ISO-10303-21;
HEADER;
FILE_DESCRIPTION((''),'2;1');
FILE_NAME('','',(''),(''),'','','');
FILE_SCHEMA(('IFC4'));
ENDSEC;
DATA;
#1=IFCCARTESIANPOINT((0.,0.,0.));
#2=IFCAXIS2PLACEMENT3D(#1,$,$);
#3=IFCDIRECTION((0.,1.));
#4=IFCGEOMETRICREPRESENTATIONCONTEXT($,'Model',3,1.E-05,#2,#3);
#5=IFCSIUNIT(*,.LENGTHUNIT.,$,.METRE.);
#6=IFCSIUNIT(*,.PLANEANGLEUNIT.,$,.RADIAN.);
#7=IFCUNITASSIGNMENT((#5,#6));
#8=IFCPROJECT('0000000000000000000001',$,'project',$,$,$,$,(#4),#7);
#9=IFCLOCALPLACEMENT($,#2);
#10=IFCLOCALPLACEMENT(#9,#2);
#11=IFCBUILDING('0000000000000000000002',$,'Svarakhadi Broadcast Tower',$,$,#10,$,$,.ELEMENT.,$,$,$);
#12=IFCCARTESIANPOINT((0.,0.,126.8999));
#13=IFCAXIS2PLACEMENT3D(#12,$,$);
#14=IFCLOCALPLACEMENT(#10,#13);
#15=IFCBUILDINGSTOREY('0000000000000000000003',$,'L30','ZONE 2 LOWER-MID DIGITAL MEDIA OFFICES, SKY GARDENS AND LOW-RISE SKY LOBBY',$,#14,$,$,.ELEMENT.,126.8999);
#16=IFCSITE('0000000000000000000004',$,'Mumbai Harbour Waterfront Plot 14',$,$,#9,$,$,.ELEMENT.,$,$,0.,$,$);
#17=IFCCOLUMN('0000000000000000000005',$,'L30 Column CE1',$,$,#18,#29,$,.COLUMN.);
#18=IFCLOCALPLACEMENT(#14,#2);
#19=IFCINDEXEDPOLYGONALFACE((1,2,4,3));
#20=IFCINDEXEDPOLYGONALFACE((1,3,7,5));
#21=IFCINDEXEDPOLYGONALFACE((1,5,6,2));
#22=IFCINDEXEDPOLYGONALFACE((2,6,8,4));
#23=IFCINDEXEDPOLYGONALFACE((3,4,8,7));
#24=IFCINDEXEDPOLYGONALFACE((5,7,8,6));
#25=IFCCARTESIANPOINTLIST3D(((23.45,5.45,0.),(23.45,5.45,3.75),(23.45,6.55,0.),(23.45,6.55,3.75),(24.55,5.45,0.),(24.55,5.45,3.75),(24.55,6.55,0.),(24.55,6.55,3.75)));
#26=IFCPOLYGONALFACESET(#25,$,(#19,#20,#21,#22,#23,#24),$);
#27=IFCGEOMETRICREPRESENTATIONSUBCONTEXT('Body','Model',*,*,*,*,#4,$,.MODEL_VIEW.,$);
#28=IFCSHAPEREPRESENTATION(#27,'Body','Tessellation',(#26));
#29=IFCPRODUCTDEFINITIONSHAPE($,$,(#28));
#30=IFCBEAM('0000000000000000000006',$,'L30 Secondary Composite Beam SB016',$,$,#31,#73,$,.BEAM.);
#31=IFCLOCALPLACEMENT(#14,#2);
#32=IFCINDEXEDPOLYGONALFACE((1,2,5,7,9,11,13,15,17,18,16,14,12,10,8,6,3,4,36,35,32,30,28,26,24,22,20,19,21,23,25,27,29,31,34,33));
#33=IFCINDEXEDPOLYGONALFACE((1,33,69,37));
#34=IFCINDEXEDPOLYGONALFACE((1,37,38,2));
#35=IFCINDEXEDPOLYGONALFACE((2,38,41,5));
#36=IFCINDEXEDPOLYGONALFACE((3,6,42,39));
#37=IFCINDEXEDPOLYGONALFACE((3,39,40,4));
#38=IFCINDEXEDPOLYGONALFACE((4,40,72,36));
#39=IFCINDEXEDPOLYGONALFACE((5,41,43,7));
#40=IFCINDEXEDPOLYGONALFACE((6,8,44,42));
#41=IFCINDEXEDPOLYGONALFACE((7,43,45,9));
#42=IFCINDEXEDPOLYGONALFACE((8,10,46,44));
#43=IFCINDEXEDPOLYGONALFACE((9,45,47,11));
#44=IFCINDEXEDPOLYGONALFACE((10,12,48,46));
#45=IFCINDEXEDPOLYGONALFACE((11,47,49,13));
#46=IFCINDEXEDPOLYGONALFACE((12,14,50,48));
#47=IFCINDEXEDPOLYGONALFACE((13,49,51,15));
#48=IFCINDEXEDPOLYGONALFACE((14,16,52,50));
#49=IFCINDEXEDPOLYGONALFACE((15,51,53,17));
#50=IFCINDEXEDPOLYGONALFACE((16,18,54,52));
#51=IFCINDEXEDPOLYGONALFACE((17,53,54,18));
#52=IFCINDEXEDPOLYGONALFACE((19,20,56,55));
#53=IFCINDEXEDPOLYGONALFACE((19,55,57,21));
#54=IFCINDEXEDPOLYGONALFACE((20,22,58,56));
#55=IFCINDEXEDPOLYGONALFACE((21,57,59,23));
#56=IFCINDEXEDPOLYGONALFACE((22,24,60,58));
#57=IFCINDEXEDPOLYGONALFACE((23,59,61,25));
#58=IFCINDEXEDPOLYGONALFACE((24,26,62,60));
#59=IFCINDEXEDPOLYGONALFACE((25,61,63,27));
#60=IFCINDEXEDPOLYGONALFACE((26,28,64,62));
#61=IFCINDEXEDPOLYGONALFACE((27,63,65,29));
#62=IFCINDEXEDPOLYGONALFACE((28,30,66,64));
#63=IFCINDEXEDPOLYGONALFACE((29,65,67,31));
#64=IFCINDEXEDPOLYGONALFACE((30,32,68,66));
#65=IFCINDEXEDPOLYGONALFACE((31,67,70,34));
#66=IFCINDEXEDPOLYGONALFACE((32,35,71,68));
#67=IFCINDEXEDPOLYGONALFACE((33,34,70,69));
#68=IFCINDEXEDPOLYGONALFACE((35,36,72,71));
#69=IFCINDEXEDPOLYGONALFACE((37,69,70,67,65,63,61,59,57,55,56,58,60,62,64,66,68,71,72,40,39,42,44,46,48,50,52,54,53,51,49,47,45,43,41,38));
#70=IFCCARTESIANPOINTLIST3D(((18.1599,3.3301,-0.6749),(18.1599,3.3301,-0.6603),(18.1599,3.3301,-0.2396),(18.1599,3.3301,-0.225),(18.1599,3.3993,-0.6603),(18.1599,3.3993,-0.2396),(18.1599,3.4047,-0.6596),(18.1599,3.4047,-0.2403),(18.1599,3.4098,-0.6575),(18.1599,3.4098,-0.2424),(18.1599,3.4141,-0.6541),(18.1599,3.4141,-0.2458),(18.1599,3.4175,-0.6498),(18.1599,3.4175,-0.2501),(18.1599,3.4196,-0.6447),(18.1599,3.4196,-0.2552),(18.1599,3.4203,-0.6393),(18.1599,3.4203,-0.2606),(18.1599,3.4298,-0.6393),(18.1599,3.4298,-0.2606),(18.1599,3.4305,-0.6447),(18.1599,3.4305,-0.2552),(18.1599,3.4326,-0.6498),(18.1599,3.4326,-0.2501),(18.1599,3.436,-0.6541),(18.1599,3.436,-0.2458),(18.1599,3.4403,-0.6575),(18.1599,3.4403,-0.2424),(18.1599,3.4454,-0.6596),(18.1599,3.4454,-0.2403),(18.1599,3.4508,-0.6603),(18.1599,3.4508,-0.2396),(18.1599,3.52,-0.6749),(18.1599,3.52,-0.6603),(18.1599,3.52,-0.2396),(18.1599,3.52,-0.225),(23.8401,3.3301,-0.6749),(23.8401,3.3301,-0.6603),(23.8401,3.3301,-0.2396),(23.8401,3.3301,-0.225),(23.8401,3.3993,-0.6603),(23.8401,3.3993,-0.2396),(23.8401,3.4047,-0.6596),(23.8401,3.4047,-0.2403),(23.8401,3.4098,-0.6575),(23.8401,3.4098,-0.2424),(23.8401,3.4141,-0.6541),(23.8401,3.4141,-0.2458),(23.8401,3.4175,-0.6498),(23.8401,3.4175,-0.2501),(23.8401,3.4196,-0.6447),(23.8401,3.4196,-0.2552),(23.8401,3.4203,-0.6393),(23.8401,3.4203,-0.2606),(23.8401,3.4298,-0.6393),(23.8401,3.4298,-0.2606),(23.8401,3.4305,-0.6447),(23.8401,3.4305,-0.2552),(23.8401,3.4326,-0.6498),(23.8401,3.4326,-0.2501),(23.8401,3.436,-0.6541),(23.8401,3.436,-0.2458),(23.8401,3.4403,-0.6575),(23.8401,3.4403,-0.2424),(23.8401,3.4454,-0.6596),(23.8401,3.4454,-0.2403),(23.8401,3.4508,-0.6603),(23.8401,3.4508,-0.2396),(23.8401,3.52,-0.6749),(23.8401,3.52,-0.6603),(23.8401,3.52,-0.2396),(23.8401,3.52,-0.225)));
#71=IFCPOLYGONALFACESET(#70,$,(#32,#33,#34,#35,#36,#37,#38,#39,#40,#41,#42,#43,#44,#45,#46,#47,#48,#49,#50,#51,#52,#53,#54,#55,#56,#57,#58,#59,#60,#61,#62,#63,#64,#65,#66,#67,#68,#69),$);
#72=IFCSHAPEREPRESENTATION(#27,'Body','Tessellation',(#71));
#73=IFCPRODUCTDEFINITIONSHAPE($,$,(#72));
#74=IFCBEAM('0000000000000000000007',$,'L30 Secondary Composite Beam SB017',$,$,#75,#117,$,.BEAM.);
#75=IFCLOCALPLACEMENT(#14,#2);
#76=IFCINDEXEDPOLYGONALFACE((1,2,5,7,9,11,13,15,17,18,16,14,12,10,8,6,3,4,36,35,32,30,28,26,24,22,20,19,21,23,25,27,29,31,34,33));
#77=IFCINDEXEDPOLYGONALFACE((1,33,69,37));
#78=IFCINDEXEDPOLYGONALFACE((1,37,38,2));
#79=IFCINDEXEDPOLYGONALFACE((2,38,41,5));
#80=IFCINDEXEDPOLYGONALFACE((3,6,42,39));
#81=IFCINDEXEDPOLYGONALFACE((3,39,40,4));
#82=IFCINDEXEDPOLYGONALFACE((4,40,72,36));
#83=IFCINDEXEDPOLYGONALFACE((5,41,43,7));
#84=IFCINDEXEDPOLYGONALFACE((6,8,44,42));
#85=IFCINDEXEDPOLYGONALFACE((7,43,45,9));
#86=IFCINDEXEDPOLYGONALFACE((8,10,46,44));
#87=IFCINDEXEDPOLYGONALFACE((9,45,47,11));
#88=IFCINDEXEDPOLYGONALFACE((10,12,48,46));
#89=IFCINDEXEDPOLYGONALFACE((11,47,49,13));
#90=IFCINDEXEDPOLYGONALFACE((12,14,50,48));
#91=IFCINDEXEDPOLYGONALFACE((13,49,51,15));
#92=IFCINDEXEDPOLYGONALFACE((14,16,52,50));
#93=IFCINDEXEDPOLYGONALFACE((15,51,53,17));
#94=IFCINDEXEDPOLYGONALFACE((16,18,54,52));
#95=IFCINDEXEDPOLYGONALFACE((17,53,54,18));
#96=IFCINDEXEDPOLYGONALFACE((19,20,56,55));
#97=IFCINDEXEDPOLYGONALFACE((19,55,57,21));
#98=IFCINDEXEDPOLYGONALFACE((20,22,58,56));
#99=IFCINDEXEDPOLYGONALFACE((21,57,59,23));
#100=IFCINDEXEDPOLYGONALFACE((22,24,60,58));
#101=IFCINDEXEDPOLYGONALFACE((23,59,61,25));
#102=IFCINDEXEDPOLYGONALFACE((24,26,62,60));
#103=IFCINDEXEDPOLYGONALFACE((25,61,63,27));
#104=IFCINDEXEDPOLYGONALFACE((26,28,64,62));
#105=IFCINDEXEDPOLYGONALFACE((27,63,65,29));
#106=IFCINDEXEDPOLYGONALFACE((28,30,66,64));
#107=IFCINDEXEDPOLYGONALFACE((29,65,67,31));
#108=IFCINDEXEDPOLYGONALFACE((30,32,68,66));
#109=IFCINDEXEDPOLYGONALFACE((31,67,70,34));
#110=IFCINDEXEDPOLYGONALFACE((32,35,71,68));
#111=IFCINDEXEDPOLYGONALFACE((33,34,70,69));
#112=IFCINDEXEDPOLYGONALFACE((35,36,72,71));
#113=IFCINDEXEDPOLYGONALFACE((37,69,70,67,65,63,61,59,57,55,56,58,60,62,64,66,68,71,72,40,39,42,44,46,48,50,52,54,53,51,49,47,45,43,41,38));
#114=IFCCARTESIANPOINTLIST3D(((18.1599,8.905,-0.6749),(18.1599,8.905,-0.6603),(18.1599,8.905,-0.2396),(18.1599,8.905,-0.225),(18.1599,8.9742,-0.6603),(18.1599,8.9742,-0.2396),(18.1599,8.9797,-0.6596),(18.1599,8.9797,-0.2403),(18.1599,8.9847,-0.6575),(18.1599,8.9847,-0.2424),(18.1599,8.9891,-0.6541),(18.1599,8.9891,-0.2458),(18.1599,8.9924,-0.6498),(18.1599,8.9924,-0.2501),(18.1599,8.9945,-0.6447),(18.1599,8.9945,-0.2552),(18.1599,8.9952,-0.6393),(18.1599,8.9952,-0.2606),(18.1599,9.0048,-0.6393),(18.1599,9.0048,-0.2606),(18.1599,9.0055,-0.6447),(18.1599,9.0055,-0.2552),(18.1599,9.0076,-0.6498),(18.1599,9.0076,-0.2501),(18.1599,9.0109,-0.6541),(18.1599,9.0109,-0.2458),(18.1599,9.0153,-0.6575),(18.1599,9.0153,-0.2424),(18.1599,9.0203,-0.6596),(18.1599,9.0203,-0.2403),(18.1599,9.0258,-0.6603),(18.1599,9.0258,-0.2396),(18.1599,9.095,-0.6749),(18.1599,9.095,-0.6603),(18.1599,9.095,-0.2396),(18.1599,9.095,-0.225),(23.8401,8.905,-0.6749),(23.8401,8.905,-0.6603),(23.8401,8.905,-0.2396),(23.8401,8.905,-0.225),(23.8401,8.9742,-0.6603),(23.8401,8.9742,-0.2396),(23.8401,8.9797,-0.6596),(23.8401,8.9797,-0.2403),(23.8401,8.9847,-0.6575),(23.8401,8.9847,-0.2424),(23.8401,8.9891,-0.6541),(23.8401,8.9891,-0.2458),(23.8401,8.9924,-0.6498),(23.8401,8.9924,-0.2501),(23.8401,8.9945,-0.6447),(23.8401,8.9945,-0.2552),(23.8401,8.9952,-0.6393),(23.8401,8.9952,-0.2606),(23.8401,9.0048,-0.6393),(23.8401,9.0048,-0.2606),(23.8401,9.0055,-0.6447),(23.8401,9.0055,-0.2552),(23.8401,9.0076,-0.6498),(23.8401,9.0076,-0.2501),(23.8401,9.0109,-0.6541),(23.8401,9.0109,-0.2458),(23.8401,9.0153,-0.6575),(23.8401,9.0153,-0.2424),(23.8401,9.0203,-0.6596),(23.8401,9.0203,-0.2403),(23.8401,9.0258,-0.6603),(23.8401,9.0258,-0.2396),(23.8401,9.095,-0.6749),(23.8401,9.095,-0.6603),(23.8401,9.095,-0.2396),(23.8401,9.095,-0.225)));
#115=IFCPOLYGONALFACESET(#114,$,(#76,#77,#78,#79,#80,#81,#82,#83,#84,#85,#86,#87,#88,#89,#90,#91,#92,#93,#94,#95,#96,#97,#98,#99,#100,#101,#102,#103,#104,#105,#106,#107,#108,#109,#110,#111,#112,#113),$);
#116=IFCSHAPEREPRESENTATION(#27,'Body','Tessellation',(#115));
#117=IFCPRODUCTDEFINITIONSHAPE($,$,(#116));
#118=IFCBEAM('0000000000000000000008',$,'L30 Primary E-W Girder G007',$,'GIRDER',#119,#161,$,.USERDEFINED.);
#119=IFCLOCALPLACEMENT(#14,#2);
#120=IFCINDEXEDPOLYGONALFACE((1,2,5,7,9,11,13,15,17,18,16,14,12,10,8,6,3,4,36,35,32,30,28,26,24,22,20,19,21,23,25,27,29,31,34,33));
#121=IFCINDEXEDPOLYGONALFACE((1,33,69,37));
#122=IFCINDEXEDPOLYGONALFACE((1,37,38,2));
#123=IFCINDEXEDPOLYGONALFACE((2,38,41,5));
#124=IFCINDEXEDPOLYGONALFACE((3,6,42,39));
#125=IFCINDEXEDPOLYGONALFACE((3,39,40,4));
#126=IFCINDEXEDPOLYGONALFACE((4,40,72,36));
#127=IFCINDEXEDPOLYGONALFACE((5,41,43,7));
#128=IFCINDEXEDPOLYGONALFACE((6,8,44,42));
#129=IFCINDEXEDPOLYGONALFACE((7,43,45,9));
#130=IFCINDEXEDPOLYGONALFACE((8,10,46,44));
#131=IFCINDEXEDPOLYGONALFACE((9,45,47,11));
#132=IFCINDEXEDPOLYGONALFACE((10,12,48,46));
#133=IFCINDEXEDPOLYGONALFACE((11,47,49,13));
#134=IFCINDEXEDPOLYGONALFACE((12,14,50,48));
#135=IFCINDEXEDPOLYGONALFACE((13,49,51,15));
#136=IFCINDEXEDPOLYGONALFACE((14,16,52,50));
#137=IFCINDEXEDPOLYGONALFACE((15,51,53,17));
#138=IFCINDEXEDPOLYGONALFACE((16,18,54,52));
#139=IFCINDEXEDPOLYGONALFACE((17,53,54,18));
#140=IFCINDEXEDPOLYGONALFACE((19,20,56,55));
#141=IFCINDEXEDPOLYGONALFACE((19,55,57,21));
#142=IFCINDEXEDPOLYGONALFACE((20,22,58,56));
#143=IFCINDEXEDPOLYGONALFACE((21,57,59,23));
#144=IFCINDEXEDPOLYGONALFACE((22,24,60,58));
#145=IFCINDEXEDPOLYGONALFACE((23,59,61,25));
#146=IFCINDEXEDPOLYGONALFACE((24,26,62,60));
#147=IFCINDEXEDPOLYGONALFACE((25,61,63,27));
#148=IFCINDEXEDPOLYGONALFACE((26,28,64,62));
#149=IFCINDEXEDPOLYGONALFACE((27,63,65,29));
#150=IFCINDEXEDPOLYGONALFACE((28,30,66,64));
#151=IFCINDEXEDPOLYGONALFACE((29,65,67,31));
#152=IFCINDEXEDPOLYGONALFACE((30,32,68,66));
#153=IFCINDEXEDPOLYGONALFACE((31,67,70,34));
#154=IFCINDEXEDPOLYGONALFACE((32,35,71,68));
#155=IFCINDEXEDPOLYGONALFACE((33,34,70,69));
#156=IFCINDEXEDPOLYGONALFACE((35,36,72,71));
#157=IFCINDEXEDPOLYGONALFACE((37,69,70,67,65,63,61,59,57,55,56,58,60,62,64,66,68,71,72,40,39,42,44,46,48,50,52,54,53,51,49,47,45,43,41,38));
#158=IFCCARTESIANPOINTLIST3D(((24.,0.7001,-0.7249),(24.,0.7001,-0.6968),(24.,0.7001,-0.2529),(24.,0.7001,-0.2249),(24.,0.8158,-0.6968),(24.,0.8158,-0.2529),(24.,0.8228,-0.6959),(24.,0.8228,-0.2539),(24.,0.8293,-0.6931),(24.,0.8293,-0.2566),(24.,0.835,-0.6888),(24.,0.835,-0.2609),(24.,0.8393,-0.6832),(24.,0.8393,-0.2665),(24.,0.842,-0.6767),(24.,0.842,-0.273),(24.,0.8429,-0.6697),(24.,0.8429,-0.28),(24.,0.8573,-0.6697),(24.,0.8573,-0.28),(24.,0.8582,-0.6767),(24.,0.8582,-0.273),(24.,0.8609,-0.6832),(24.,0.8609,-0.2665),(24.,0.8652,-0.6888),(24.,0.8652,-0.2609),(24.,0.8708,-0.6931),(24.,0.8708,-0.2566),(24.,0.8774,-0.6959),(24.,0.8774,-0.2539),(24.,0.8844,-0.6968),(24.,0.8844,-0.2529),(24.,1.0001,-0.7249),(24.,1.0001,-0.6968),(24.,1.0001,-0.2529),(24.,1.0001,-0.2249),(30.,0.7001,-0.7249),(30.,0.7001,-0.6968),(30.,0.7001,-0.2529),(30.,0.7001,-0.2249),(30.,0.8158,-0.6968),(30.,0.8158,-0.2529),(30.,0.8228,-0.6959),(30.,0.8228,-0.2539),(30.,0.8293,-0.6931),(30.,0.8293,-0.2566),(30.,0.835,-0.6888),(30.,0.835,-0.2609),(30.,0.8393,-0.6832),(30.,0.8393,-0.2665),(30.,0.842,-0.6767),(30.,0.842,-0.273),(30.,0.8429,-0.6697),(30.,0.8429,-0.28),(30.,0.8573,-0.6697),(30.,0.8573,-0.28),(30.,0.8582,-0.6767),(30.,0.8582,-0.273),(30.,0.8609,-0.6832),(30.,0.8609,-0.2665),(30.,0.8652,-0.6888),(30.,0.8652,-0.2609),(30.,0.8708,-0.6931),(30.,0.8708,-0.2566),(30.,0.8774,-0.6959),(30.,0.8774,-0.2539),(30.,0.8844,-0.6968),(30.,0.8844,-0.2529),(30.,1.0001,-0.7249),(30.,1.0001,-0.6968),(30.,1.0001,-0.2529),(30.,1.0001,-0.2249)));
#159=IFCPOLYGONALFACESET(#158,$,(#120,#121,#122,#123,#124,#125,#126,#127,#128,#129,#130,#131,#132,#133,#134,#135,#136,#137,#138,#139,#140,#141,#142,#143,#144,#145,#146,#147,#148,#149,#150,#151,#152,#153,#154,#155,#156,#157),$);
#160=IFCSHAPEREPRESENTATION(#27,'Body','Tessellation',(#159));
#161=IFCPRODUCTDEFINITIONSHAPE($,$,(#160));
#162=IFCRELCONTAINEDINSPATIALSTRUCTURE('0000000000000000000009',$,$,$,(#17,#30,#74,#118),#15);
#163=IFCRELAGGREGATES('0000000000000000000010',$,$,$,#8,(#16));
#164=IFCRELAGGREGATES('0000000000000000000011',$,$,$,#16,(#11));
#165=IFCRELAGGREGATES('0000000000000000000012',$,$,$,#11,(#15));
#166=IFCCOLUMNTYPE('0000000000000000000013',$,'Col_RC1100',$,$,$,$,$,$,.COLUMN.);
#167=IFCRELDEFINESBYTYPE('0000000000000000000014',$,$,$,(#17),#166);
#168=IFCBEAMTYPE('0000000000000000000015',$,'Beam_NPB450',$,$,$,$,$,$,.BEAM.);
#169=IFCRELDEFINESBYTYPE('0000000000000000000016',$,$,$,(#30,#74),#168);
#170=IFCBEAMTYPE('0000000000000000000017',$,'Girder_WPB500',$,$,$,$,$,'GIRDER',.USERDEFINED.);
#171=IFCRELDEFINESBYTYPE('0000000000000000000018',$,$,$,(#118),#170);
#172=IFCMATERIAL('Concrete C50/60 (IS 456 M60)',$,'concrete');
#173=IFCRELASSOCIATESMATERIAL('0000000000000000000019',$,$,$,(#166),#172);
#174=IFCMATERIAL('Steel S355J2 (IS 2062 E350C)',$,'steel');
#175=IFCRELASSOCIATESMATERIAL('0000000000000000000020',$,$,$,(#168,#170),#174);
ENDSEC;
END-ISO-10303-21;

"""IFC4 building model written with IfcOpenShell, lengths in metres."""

from ifc_helpers import new_model, si_unit, direction, frame, origin, origin_2d, place, context, subcontext, project, spatial, rectangle, i_section, extrude, material, material_profile, profile_set, type_object, element, save


model = new_model("IFC4")

# Units and contexts
model_context = context("Model", 3, precision=1e-05, world=origin(), true_north=direction((0.0, 1.0)))
body_context = subcontext(model_context, "Body", "Model", "MODEL_VIEW")
ifc_project = project(units=[si_unit("LENGTHUNIT", "METRE"), si_unit("PLANEANGLEUNIT", "RADIAN")], contexts=[model_context])

# Site, building, storey
site_placement = place(None, origin())
site = spatial("IfcSite", under=ifc_project, at=site_placement, Name="Mumbai Harbour Waterfront Plot 14", CompositionType="ELEMENT", RefElevation=0.0)
building_placement = place(site_placement, origin())
building = spatial("IfcBuilding", under=site, at=building_placement, Name="Svarakhadi Broadcast Tower", CompositionType="ELEMENT")
storey_placement = place(building_placement, frame((0.0, 0.0, 126.8999)))
storey = spatial("IfcBuildingStorey", under=building, at=storey_placement, Name="L30", Description="ZONE 2 LOWER-MID DIGITAL MEDIA OFFICES, SKY GARDENS AND LOW-RISE SKY LOBBY", CompositionType="ELEMENT", Elevation=126.8999)

# Column
ifc_material_1 = material(Name="Concrete C50/60 (IS 456 M60)", Category="concrete")
ifc_material_profile_1 = material_profile(ifc_material_1, rectangle(XDim=1.1001, YDim=1.1001, at=origin_2d()), Name="RC 1100x1100")
ifc_profile_set_1 = profile_set([ifc_material_profile_1], Name="Concrete C50/60 (IS 456 M60)")
column_type = type_object("IfcColumnType", Name="Col_RC1100", PredefinedType="COLUMN", material=ifc_profile_set_1)
column_placement = place(storey_placement, frame((24.0, 6.0, 0.0), z_axis=(0.0, 0.0, 1.0), x_axis=(1.0, 0.0, 0.0)))
element("IfcColumn", 1, at=column_placement, inside=storey, type_object=column_type, Name="L30 Column CE1", PredefinedType="COLUMN", context=body_context, shape_type="SweptSolid", body=[
    extrude(rectangle(XDim=1.1001, YDim=1.1001, at=origin_2d()), origin(), (0.0, 0.0, 1.0), 3.75),
])

# Beams
ifc_material_2 = material(Name="Steel S355J2 (IS 2062 E350C)", Category="steel")
ifc_material_profile_2 = material_profile(ifc_material_2, i_section(OverallWidth=0.1899, OverallDepth=0.45, WebThickness=0.0095, FlangeThickness=0.0146, FilletRadius=0.021, at=origin_2d()), Name="NPB 450x190x78")
ifc_profile_set_2 = profile_set([ifc_material_profile_2], Name="Steel S355J2 (IS 2062 E350C)")
beam_type_1 = type_object("IfcBeamType", Name="Beam_NPB450", PredefinedType="BEAM", material=ifc_profile_set_2)
for number, where, z_axis, x_axis, name in (
    (2, (18.1599, 3.425, -0.45), (1.0, 0.0, 0.0), (0.0, 1.0, 0.0), "L30 Secondary Composite Beam SB016"),
    (3, (18.1599, 9.0, -0.45), (1.0, 0.0, 0.0), (0.0, 1.0, 0.0), "L30 Secondary Composite Beam SB017"),
):
    element("IfcBeam", number, at=place(storey_placement, frame(where, z_axis=z_axis, x_axis=x_axis)), inside=storey, type_object=beam_type_1, Name=name, PredefinedType="BEAM", context=body_context, shape_type="SweptSolid", body=[
        extrude(i_section(OverallWidth=0.1899, OverallDepth=0.45, WebThickness=0.0095, FlangeThickness=0.0146, FilletRadius=0.021, at=origin_2d()), origin(), (0.0, 0.0, 1.0), 5.6802),
    ])
ifc_material_profile_3 = material_profile(ifc_material_2, i_section(OverallWidth=0.3, OverallDepth=0.5, WebThickness=0.0144, FlangeThickness=0.0281, FilletRadius=0.0271, at=origin_2d()), Name="WPB 500x300x187")
ifc_profile_set_3 = profile_set([ifc_material_profile_3], Name="Steel S355J2 (IS 2062 E350C)")
beam_type_2 = type_object("IfcBeamType", Name="Girder_WPB500", ElementType="GIRDER", PredefinedType="USERDEFINED", material=ifc_profile_set_3)
beam_1_placement = place(storey_placement, frame((24.0, 0.8501, -0.4749), z_axis=(1.0, 0.0, 0.0), x_axis=(0.0, 1.0, 0.0)))
element("IfcBeam", 4, at=beam_1_placement, inside=storey, type_object=beam_type_2, Name="L30 Primary E-W Girder G007", ObjectType="GIRDER", PredefinedType="USERDEFINED", context=body_context, shape_type="SweptSolid", body=[
    extrude(i_section(OverallWidth=0.3, OverallDepth=0.5, WebThickness=0.0144, FlangeThickness=0.0281, FilletRadius=0.0271, at=origin_2d()), origin(), (0.0, 0.0, 1.0), 6.0),
])

save(model, "model.ifc")
